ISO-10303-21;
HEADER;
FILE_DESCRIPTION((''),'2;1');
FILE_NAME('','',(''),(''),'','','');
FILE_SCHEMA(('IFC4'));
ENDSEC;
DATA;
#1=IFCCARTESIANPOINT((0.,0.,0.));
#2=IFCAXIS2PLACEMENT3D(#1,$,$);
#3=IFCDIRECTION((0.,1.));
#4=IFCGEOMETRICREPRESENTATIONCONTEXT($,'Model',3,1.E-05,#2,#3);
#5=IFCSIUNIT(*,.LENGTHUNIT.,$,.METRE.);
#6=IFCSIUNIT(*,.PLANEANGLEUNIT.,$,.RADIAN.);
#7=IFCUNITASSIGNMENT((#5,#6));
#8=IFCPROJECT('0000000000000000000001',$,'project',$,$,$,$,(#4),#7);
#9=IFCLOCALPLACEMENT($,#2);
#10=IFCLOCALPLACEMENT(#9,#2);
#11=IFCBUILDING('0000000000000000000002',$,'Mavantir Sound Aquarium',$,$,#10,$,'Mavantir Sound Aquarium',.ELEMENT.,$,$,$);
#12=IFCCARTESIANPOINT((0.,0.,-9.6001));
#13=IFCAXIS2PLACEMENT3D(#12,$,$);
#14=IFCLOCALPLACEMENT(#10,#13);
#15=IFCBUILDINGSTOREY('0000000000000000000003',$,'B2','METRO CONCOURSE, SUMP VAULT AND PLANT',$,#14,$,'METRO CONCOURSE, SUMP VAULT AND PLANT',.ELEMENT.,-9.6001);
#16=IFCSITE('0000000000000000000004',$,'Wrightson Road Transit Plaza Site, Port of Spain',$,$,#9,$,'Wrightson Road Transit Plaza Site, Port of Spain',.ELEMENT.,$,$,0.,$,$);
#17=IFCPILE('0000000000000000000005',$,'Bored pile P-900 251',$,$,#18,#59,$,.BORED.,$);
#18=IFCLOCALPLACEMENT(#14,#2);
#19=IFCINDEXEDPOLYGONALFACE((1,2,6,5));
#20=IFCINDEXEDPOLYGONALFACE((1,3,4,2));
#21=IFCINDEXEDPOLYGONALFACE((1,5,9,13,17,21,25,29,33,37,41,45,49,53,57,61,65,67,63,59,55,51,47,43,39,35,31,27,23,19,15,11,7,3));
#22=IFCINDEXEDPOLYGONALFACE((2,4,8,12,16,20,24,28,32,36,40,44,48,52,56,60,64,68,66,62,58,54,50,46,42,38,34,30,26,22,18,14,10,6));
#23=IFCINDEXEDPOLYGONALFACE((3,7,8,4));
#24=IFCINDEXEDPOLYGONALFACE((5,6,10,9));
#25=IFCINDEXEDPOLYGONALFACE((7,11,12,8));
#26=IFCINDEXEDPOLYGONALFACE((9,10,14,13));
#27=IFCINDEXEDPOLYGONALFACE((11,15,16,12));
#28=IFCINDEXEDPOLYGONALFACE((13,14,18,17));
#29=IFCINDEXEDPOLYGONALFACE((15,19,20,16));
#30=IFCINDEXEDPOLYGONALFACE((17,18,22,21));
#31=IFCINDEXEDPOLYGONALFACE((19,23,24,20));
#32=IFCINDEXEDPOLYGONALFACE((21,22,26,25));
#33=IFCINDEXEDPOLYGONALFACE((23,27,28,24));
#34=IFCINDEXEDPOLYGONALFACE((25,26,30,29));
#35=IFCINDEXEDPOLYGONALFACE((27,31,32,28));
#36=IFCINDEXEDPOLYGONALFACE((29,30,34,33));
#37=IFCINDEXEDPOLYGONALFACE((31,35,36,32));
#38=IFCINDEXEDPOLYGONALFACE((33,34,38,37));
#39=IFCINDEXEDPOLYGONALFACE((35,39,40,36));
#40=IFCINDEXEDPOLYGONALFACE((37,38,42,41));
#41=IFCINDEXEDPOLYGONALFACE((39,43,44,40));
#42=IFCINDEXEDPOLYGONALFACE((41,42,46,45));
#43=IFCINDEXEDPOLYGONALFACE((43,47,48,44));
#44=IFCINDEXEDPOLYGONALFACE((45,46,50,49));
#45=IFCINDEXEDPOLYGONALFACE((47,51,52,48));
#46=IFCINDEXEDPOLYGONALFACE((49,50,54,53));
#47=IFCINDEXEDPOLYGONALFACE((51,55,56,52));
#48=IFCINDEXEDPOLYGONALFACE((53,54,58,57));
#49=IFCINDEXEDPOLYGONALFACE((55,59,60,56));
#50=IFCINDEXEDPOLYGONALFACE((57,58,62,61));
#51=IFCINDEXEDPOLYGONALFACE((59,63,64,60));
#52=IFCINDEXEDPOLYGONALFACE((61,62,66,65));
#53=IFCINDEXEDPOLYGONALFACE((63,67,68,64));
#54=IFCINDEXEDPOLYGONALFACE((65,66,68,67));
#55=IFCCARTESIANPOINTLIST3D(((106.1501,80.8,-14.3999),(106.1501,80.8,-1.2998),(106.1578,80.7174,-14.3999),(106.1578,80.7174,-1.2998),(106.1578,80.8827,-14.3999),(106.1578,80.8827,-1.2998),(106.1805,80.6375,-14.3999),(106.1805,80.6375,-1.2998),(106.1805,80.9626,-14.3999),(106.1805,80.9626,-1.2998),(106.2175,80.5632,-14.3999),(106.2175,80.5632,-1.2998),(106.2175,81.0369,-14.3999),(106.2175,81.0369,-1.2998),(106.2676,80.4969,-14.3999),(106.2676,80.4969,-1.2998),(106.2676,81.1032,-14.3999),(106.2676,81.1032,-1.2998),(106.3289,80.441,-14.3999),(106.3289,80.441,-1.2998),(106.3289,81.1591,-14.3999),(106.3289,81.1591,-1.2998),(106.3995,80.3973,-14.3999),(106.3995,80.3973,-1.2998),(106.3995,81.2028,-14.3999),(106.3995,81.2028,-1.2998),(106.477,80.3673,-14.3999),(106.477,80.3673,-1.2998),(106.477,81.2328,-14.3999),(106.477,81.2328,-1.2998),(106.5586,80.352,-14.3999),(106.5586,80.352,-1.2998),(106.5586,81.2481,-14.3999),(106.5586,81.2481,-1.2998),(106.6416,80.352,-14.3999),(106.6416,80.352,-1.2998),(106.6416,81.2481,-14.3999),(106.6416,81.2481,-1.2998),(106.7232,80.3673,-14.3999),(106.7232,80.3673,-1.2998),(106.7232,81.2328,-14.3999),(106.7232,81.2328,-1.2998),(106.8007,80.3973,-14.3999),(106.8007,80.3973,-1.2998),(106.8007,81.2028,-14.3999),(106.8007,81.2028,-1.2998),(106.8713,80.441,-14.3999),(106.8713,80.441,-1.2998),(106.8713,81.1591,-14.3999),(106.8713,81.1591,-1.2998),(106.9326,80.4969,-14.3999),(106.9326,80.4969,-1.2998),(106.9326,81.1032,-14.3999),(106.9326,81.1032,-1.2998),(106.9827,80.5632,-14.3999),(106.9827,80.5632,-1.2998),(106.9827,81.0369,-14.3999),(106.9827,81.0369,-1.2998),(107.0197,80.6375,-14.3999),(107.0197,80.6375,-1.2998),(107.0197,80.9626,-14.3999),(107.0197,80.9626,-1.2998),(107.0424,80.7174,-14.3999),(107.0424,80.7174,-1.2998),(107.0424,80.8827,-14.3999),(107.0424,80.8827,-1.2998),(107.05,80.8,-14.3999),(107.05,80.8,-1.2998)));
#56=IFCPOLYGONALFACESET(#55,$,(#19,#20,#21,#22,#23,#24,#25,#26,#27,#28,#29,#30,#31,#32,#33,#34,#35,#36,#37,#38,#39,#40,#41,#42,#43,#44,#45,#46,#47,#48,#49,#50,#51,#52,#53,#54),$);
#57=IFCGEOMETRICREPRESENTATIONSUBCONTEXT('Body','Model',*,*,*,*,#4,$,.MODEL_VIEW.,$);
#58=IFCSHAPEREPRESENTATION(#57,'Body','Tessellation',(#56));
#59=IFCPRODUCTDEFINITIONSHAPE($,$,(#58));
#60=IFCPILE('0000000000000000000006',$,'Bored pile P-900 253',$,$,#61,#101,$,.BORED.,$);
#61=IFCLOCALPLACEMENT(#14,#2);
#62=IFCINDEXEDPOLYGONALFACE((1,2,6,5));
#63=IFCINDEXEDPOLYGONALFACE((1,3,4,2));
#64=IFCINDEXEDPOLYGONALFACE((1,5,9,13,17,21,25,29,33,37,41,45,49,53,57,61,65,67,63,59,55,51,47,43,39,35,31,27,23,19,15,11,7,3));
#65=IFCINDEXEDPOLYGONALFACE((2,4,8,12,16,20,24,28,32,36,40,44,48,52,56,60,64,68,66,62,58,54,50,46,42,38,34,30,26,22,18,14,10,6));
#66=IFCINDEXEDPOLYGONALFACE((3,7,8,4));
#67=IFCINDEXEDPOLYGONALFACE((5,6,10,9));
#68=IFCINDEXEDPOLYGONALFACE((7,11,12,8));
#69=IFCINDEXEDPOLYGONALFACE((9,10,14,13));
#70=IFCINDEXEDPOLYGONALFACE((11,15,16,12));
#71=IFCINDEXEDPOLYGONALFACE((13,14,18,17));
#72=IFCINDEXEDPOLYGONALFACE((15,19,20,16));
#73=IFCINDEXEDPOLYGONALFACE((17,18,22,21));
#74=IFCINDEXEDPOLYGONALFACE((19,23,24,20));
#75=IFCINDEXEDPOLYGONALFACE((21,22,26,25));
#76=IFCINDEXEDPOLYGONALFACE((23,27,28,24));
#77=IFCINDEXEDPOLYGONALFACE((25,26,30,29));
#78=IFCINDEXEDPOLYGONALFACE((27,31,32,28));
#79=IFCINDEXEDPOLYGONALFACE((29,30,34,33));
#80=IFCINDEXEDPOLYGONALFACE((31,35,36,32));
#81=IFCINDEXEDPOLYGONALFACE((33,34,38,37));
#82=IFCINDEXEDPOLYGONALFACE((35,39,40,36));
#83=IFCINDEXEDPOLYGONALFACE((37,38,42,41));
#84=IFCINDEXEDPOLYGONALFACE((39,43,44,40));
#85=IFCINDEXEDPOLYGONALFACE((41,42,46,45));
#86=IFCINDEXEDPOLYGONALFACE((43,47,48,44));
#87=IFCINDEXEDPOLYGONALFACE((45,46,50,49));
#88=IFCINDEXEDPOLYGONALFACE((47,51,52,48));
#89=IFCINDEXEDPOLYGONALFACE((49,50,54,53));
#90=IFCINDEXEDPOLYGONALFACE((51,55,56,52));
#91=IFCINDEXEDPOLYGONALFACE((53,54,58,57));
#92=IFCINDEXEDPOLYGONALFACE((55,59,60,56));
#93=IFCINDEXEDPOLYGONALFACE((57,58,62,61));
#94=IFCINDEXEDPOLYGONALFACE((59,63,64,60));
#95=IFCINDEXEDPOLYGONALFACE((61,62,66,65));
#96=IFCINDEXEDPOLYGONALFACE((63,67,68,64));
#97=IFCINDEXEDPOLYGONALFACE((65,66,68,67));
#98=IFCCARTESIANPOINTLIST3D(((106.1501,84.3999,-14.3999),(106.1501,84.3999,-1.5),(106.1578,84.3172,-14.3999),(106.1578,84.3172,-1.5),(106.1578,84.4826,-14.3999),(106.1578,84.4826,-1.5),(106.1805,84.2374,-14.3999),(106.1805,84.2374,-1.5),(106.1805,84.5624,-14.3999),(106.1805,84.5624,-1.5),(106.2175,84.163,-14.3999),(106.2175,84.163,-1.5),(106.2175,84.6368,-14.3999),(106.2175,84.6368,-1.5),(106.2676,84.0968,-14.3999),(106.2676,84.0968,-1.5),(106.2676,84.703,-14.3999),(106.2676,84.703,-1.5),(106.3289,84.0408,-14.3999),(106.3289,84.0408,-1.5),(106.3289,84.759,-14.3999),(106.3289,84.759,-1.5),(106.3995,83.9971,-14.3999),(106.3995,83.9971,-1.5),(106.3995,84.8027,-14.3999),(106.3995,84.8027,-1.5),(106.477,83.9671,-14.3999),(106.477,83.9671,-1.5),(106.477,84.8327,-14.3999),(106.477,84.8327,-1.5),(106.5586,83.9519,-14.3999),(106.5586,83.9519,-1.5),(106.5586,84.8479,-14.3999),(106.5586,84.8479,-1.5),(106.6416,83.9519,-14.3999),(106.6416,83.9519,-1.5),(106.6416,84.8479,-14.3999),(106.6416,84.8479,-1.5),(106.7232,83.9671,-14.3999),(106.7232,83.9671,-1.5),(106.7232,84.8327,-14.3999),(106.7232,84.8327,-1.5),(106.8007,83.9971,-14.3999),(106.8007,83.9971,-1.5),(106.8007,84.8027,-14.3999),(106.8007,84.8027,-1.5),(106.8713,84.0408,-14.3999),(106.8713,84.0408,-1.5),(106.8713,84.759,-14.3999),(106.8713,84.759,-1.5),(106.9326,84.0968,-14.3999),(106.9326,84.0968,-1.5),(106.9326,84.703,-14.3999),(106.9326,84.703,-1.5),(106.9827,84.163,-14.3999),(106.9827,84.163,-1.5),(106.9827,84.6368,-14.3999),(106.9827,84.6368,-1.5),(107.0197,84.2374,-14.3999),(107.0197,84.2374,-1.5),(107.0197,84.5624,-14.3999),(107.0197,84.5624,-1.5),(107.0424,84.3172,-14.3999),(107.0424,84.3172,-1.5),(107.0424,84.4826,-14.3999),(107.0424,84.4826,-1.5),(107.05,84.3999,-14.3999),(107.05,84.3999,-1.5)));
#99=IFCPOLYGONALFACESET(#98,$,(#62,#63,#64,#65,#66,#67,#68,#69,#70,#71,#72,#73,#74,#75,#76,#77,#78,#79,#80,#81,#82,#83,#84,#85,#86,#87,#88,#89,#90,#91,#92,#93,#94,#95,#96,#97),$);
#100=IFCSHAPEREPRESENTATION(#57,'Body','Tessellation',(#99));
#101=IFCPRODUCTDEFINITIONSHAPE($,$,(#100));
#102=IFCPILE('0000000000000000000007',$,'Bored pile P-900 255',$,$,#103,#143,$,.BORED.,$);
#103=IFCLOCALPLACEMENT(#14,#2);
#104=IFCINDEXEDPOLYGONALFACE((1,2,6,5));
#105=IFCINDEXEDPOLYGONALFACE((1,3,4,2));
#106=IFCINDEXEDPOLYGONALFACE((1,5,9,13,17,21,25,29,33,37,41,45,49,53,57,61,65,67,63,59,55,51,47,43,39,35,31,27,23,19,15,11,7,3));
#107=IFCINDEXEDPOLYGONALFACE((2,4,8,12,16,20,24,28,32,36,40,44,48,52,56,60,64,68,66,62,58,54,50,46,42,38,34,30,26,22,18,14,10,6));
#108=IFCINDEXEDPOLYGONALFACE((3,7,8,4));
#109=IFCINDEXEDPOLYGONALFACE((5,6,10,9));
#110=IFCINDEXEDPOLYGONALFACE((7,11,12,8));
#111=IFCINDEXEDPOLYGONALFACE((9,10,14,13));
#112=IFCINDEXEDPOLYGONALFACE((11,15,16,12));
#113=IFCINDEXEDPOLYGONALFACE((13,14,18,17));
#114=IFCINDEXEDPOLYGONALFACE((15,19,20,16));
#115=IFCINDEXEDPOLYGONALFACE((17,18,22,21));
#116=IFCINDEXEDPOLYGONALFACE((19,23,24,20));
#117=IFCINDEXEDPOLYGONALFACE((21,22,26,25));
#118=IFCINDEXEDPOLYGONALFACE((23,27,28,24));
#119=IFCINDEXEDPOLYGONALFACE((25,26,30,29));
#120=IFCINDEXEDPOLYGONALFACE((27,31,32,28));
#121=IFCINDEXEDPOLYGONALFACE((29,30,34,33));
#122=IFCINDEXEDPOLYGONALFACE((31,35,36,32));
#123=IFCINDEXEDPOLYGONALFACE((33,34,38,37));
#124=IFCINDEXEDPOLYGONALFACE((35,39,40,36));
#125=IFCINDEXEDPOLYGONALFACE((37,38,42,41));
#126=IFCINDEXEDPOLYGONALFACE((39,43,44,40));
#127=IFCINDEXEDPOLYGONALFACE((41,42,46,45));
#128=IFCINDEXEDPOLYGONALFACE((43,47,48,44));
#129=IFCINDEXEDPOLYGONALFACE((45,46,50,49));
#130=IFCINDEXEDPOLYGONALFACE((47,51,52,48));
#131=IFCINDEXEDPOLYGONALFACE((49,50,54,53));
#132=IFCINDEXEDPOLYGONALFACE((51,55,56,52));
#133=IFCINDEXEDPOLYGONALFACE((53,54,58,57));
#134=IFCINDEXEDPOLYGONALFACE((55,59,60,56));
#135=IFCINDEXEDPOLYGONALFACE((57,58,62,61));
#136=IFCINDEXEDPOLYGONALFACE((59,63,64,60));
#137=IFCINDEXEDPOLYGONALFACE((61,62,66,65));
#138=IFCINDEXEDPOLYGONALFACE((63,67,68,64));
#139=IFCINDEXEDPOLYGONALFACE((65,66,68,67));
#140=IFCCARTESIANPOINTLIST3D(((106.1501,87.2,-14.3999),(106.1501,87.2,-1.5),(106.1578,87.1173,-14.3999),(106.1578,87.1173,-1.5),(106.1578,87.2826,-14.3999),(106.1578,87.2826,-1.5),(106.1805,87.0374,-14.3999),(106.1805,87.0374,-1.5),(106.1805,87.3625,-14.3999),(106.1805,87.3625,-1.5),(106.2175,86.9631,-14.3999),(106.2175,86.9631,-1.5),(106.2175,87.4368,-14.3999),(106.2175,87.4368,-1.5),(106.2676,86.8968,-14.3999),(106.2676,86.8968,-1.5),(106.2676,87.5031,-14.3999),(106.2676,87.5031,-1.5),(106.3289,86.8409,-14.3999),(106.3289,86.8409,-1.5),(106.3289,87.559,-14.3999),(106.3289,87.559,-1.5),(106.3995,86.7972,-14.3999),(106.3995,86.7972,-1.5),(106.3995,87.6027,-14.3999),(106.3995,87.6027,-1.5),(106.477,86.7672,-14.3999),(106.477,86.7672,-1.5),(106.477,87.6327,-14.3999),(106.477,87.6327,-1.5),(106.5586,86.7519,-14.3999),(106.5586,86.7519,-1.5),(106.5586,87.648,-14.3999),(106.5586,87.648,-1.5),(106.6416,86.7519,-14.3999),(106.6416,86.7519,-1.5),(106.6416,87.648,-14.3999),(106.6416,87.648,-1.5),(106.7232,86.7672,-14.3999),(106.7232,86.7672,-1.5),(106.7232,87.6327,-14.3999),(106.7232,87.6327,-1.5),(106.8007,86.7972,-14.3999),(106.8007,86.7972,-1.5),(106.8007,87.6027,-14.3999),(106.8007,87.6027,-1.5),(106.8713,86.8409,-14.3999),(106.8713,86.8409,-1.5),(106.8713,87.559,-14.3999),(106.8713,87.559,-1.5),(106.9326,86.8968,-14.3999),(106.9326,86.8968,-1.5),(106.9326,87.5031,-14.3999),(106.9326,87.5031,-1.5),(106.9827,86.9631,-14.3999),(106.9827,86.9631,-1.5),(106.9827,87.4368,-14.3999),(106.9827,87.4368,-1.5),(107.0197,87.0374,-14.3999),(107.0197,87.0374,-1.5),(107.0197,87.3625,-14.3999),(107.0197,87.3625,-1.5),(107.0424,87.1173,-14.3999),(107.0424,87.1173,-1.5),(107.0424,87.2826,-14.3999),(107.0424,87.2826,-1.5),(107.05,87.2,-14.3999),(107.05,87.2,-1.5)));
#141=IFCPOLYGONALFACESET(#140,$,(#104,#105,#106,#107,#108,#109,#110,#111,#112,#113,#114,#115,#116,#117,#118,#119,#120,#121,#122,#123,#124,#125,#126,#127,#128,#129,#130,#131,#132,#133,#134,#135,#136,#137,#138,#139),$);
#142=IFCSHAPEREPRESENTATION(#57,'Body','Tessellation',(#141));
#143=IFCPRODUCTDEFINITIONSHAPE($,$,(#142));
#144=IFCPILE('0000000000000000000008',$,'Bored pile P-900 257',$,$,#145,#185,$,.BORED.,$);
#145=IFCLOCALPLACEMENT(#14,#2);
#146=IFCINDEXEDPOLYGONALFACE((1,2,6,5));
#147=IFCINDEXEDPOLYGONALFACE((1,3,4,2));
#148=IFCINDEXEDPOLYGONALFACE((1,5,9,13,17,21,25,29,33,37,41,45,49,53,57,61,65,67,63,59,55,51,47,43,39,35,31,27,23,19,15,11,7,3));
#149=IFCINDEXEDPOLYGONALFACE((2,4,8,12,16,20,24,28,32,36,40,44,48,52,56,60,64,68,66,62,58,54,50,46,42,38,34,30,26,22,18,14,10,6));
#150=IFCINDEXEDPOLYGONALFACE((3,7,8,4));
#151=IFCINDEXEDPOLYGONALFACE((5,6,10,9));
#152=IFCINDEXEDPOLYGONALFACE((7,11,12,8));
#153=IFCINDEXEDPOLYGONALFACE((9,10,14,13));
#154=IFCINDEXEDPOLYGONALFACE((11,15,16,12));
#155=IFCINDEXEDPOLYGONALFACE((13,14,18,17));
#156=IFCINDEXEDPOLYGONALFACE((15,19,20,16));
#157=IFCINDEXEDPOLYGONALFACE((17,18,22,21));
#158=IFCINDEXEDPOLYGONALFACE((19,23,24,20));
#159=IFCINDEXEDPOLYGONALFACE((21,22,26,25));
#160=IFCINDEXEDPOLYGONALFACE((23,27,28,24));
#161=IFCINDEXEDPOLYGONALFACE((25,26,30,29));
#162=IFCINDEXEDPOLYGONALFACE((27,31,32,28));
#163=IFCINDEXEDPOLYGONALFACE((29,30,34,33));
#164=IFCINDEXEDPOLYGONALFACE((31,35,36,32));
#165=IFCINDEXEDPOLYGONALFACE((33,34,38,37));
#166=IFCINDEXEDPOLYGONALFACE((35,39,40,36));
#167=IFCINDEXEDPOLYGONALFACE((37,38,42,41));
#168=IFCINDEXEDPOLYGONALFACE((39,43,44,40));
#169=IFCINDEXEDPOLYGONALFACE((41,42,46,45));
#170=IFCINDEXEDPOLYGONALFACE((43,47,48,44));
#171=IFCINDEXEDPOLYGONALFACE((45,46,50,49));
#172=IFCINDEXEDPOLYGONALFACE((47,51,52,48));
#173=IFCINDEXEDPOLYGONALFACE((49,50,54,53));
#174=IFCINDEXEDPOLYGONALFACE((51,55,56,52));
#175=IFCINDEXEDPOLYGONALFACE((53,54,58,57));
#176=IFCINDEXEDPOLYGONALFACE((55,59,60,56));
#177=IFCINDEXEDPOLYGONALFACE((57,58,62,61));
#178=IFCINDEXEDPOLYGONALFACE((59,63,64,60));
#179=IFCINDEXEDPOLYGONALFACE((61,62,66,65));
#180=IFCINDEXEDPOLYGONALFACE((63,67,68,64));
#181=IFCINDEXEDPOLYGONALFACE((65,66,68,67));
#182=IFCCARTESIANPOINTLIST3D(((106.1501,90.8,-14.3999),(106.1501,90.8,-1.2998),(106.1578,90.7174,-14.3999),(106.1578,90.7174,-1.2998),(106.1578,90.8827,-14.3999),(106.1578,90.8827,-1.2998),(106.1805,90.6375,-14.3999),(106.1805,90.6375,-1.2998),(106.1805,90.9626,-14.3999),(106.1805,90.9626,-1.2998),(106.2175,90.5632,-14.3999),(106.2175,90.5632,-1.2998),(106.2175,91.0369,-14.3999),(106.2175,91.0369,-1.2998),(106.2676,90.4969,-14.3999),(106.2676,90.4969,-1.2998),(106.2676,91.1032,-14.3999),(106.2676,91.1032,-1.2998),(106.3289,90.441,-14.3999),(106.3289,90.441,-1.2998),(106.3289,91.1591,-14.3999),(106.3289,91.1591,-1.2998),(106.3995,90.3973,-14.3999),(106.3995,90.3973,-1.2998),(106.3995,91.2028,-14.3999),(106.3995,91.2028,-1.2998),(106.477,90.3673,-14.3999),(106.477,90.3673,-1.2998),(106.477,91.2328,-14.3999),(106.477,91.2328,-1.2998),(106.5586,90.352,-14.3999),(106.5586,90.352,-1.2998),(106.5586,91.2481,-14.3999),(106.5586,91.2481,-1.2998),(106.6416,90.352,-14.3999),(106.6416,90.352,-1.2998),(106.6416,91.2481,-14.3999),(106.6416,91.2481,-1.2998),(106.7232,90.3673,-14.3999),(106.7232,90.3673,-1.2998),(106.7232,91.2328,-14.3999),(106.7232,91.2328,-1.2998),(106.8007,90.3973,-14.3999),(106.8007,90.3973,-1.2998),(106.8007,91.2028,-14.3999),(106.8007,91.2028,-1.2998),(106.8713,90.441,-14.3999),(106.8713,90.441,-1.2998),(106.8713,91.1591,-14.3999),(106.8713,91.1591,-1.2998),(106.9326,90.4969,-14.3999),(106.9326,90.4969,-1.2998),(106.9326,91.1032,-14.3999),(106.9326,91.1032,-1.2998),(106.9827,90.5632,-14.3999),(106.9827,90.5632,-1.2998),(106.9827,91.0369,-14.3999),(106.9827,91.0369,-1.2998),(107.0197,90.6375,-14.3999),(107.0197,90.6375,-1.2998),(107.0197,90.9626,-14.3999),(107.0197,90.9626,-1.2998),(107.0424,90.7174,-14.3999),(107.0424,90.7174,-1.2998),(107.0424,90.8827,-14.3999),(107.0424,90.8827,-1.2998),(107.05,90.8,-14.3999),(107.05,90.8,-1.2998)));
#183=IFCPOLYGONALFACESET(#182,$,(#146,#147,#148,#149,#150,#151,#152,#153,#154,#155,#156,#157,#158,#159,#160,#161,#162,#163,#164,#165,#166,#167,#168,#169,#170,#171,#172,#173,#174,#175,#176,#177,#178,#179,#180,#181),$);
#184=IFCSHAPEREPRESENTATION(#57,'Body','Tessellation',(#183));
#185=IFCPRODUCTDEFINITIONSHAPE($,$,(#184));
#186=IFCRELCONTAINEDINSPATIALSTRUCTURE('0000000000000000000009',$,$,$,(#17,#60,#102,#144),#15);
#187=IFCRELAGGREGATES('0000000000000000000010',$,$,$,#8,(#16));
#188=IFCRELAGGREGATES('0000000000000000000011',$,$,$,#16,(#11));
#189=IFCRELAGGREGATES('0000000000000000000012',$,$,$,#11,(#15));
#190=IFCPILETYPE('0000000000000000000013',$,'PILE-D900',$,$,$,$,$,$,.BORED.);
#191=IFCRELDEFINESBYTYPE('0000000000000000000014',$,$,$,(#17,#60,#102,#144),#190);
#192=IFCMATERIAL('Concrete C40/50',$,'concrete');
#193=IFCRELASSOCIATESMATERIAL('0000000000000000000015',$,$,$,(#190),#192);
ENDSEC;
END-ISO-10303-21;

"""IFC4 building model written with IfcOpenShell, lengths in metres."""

from ifc_helpers import new_model, si_unit, direction, frame, origin, origin_2d, place, context, subcontext, project, spatial, circle, extrude, material, material_profile, profile_set, type_object, element, save


model = new_model("IFC4")

# Units and contexts
model_context = context("Model", 3, precision=1e-05, world=origin(), true_north=direction((0.0, 1.0)))
body_context = subcontext(model_context, "Body", "Model", "MODEL_VIEW")
ifc_project = project(units=[si_unit("LENGTHUNIT", "METRE"), si_unit("PLANEANGLEUNIT", "RADIAN")], contexts=[model_context])

# Site, building, storey
site_placement = place(None, origin())
site = spatial("IfcSite", under=ifc_project, at=site_placement, Name="Wrightson Road Transit Plaza Site, Port of Spain", LongName="Wrightson Road Transit Plaza Site, Port of Spain", CompositionType="ELEMENT", RefElevation=0.0)
building_placement = place(site_placement, origin())
building = spatial("IfcBuilding", under=site, at=building_placement, Name="Mavantir Sound Aquarium", LongName="Mavantir Sound Aquarium", CompositionType="ELEMENT")
storey_placement = place(building_placement, frame((0.0, 0.0, -9.6001)))
storey = spatial("IfcBuildingStorey", under=building, at=storey_placement, Name="B2", Description="METRO CONCOURSE, SUMP VAULT AND PLANT", LongName="METRO CONCOURSE, SUMP VAULT AND PLANT", CompositionType="ELEMENT", Elevation=-9.6001)

# Shared definitions
ifc_material_1 = material(Name="Concrete C40/50", Category="concrete")

# Piles
ifc_material_profile_1 = material_profile(ifc_material_1, circle(Radius=0.45, at=origin_2d()), Name="PILE D900")
ifc_profile_set_1 = profile_set([ifc_material_profile_1], Name="Concrete C40/50")
pile_type = type_object("IfcPileType", Name="PILE-D900", PredefinedType="BORED", material=ifc_profile_set_1)
pile_1_placement = place(storey_placement, frame((106.6001, 80.8, -1.2998), z_axis=(0.0, 0.0, -1.0), x_axis=(1.0, 0.0, 0.0)))
element("IfcPile", 1, at=pile_1_placement, inside=storey, type_object=pile_type, Name="Bored pile P-900 251", PredefinedType="BORED", context=body_context, shape_type="SweptSolid", body=[
    extrude(circle(Radius=0.45, at=origin_2d()), origin(), (0.0, 0.0, 1.0), 13.1001),
])
for number, where, z_axis, x_axis, name in (
    (2, (106.6001, 84.3999, -1.5), (0.0, 0.0, -1.0), (1.0, 0.0, 0.0), "Bored pile P-900 253"),
    (3, (106.6001, 87.2, -1.5), (0.0, 0.0, -1.0), (1.0, 0.0, 0.0), "Bored pile P-900 255"),
):
    element("IfcPile", number, at=place(storey_placement, frame(where, z_axis=z_axis, x_axis=x_axis)), inside=storey, type_object=pile_type, Name=name, PredefinedType="BORED", context=body_context, shape_type="SweptSolid", body=[
        extrude(circle(Radius=0.45, at=origin_2d()), origin(), (0.0, 0.0, 1.0), 12.8999),
    ])
pile_2_placement = place(storey_placement, frame((106.6001, 90.8, -1.2998), z_axis=(0.0, 0.0, -1.0), x_axis=(1.0, 0.0, 0.0)))
element("IfcPile", 4, at=pile_2_placement, inside=storey, type_object=pile_type, Name="Bored pile P-900 257", PredefinedType="BORED", context=body_context, shape_type="SweptSolid", body=[
    extrude(circle(Radius=0.45, at=origin_2d()), origin(), (0.0, 0.0, 1.0), 13.1001),
])

save(model, "model.ifc")
